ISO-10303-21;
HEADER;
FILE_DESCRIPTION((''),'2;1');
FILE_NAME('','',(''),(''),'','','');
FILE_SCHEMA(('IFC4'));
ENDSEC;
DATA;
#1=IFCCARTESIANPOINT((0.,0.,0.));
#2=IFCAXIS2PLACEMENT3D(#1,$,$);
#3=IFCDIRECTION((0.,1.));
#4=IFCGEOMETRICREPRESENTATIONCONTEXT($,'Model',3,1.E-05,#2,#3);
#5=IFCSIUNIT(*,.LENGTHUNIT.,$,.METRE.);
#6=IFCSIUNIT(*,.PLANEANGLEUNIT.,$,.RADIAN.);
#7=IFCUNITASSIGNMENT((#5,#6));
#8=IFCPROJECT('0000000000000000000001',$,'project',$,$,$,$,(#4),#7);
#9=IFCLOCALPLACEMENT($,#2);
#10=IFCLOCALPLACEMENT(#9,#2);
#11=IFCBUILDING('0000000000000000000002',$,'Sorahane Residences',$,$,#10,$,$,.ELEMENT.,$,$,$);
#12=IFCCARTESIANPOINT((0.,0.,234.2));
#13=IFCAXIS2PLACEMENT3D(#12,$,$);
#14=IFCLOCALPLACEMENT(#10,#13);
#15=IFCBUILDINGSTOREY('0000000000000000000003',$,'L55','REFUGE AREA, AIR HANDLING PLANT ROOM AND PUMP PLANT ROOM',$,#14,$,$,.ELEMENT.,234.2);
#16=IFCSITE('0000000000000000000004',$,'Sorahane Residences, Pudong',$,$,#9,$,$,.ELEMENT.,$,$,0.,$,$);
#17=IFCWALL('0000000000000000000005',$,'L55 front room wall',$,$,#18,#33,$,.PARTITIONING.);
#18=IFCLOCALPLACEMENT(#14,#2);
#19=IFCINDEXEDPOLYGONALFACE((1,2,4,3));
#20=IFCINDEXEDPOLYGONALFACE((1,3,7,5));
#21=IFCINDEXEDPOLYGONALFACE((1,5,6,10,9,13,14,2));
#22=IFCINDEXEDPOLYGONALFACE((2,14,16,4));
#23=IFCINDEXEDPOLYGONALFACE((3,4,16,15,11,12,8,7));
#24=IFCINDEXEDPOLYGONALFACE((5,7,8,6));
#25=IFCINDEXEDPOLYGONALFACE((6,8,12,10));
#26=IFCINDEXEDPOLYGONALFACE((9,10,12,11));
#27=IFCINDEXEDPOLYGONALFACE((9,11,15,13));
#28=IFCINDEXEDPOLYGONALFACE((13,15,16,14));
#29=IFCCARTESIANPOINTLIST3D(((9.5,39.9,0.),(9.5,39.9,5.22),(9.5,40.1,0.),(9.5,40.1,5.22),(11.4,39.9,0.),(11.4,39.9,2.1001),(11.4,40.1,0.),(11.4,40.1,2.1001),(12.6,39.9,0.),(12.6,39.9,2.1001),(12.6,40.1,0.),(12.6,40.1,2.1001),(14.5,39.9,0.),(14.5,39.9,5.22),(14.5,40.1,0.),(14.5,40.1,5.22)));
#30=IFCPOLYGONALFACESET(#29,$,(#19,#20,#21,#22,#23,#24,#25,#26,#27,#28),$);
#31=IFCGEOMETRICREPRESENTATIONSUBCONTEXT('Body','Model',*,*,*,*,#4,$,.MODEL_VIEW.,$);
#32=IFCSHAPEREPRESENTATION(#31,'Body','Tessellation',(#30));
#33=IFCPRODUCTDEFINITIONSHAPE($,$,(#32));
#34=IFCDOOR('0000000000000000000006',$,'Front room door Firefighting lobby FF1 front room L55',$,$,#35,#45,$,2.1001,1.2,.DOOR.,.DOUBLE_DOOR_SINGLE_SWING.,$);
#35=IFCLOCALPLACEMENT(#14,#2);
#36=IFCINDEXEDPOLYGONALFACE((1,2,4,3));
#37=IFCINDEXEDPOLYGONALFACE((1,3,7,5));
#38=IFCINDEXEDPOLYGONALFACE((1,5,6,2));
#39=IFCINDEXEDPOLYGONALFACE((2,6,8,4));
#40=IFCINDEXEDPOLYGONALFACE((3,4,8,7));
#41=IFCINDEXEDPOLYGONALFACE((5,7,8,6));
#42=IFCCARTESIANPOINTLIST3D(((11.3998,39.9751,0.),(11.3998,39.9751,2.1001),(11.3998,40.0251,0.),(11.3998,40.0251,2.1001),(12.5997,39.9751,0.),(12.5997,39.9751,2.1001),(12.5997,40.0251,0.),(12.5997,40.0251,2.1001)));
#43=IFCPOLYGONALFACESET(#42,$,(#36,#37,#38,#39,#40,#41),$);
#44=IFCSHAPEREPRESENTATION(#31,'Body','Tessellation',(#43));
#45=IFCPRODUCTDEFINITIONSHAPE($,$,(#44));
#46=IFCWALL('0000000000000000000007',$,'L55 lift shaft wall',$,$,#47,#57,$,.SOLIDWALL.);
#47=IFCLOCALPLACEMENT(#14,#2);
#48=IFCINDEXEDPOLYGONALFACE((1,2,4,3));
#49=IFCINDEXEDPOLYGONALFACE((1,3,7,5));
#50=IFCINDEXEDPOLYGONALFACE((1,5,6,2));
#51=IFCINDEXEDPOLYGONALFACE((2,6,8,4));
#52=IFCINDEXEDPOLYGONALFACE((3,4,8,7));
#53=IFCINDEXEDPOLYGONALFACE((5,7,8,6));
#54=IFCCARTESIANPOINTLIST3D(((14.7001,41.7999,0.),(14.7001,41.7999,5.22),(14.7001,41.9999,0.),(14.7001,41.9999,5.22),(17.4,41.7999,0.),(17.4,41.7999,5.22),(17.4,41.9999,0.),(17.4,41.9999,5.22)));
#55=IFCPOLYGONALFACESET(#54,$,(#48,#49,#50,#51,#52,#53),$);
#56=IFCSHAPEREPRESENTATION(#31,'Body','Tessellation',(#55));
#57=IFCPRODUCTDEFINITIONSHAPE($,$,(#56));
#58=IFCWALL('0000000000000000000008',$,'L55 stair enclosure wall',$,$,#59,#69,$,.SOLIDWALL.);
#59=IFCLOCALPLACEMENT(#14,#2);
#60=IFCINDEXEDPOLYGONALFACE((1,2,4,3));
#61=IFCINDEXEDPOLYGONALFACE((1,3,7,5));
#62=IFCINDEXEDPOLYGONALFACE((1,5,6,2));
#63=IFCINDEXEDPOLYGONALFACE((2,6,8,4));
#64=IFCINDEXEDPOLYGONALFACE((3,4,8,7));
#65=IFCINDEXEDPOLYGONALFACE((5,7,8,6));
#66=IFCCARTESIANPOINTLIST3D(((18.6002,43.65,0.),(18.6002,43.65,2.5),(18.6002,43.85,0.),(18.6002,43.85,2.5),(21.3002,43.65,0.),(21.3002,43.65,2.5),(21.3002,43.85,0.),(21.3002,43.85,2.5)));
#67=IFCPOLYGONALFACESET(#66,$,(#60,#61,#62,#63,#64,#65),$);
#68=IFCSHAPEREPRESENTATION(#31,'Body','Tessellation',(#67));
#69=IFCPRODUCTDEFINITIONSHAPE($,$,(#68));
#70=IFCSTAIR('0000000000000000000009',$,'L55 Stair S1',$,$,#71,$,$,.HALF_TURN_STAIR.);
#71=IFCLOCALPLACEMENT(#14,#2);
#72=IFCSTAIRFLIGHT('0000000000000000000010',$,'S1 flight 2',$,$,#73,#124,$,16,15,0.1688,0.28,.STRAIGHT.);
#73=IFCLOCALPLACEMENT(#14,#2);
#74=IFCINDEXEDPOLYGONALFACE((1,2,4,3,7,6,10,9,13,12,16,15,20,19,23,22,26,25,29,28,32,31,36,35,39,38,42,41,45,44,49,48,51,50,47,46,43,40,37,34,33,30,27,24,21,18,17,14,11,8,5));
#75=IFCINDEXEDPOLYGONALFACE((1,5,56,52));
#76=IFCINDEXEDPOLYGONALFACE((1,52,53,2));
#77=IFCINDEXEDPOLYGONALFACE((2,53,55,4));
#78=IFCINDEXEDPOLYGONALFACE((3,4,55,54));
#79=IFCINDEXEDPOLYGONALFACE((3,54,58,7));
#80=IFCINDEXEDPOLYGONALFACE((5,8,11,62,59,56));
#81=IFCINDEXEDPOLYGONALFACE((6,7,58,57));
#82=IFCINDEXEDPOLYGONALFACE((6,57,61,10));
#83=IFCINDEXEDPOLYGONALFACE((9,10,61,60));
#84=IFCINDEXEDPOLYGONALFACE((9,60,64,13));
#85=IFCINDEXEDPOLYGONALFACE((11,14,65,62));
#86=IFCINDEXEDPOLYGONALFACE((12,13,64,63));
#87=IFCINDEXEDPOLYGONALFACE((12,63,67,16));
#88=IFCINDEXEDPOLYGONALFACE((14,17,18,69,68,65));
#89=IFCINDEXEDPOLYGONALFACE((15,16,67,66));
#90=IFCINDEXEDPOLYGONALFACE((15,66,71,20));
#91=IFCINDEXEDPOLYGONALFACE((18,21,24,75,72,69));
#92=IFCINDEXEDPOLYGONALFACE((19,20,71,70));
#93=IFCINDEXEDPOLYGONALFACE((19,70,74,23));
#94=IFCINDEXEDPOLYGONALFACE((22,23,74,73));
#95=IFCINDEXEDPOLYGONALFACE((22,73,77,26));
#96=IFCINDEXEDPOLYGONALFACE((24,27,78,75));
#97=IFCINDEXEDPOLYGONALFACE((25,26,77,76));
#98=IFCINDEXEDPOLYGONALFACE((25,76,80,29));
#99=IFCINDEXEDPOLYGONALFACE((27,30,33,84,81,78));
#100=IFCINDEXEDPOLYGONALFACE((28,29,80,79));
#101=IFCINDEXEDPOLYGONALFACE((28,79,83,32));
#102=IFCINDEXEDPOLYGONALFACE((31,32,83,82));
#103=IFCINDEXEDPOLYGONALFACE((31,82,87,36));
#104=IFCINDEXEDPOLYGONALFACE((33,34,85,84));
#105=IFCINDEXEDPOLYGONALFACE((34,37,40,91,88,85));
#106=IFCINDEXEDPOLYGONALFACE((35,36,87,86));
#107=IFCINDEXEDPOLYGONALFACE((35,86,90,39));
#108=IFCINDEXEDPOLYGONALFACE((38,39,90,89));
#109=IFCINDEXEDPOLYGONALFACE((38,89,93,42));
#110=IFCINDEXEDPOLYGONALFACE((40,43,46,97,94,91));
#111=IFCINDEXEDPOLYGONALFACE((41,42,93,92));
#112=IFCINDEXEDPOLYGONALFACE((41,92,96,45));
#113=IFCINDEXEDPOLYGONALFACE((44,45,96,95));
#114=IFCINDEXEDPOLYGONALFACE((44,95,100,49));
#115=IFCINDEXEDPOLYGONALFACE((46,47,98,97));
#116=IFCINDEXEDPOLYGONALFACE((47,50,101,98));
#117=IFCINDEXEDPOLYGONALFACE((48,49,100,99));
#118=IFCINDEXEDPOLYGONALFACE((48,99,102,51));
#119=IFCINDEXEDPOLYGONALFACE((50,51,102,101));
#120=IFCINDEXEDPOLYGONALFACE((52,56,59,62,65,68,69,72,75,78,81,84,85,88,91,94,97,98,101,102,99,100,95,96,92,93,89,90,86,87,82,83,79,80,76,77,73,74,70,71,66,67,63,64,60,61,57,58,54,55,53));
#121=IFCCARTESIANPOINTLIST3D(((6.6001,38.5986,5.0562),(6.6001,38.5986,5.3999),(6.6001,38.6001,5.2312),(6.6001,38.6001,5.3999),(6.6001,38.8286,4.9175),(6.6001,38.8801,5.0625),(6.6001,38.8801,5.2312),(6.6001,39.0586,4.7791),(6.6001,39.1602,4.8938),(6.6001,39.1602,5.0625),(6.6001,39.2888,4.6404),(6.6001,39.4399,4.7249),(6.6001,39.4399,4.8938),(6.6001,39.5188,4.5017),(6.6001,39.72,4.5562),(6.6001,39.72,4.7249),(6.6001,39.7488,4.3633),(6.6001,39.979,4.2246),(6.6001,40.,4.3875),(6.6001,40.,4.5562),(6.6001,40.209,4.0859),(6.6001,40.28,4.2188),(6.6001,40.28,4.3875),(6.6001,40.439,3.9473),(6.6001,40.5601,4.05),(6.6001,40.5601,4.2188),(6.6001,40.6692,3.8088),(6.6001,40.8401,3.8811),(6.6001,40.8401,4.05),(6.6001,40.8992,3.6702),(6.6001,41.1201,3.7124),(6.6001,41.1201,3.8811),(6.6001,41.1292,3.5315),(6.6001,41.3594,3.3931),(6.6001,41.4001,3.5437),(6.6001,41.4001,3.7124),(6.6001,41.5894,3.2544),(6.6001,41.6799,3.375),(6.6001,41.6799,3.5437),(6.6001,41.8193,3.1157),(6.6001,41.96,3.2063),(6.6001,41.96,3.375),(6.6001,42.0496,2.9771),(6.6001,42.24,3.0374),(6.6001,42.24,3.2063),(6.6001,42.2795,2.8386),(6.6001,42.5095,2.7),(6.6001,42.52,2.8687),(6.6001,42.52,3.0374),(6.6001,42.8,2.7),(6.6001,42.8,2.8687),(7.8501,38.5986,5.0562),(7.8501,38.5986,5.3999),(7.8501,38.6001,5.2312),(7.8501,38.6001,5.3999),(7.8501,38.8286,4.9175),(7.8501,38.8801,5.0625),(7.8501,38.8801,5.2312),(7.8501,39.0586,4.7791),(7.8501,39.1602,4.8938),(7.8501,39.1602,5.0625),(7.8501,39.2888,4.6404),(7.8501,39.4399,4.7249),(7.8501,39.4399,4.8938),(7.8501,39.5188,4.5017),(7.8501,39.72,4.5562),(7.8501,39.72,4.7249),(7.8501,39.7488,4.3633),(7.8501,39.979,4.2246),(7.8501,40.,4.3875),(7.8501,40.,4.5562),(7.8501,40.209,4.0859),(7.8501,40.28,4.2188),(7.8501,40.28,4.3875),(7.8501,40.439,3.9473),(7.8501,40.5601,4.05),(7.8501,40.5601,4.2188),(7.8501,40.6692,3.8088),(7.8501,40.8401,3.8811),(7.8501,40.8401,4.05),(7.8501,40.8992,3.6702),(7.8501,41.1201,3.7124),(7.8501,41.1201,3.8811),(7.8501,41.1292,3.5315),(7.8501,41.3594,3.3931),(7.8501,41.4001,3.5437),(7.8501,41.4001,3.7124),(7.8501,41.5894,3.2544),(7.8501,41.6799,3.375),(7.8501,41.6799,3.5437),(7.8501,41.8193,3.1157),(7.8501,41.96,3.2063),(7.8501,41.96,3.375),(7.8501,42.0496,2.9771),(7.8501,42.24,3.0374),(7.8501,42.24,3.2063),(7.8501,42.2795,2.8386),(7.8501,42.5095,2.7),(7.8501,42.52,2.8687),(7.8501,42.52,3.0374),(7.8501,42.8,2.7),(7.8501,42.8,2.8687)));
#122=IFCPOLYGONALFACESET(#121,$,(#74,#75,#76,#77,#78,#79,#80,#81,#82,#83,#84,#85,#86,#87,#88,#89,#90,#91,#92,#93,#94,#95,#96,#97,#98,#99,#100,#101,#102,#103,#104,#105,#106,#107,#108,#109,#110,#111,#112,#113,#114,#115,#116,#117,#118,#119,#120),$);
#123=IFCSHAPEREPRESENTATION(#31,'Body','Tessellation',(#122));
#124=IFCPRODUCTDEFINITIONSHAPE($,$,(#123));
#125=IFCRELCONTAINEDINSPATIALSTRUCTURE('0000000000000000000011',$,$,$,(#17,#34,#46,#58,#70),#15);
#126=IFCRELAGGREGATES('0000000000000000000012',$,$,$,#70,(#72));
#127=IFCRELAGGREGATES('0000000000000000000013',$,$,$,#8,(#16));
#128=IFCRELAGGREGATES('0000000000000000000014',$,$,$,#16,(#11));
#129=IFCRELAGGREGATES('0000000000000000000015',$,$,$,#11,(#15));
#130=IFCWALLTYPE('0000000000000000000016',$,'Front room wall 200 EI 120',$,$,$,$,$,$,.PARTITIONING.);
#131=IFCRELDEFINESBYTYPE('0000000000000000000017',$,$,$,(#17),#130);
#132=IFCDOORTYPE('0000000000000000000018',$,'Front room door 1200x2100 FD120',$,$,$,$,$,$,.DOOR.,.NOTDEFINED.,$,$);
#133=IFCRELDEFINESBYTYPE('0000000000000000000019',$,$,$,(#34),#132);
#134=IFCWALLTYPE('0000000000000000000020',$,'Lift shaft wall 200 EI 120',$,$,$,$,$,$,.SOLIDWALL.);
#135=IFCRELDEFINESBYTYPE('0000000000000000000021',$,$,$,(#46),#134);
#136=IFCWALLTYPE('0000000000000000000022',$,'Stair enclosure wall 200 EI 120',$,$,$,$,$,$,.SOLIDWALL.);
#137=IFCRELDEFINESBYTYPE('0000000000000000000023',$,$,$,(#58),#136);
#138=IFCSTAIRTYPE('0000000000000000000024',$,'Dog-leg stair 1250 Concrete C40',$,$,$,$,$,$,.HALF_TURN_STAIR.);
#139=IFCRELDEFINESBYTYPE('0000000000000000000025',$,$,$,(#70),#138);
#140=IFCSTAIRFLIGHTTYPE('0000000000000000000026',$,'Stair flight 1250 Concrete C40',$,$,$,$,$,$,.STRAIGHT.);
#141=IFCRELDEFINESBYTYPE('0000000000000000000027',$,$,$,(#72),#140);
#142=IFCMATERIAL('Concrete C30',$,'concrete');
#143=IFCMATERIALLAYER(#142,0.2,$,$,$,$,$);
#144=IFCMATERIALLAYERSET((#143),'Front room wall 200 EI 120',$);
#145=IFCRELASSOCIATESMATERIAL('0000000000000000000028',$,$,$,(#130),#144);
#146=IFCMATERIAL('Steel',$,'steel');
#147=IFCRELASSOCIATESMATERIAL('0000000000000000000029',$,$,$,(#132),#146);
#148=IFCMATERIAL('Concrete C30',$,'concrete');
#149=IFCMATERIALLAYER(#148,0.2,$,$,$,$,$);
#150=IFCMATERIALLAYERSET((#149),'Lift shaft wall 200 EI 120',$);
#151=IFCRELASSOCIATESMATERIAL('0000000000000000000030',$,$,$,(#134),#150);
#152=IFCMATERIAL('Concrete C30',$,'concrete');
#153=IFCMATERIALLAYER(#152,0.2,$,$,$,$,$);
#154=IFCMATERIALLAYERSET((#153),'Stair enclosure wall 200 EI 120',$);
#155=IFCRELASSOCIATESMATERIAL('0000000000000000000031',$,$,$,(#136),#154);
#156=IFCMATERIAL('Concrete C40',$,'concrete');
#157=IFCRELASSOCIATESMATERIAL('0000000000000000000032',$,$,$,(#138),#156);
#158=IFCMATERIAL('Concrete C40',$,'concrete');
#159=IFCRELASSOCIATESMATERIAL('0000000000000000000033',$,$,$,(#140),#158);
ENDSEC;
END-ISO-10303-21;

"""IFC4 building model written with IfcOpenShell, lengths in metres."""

from ifc_helpers import new_model, si_unit, direction, frame, frame_2d, origin, place, context, subcontext, project, spatial, polyline, rectangle, outline, extrude, material, layer, layer_set, type_object, element, fill, aggregate, save


model = new_model("IFC4")

# Units and contexts
model_context = context("Model", 3, precision=1e-05, world=origin(), true_north=direction((0.0, 1.0)))
body_context = subcontext(model_context, "Body", "Model", "MODEL_VIEW")
ifc_project = project(units=[si_unit("LENGTHUNIT", "METRE"), si_unit("PLANEANGLEUNIT", "RADIAN")], contexts=[model_context])

# Site, building, storey
site_placement = place(None, origin())
site = spatial("IfcSite", under=ifc_project, at=site_placement, Name="Sorahane Residences, Pudong", CompositionType="ELEMENT", RefElevation=0.0)
building_placement = place(site_placement, origin())
building = spatial("IfcBuilding", under=site, at=building_placement, Name="Sorahane Residences", CompositionType="ELEMENT")
storey_placement = place(building_placement, frame((0.0, 0.0, 234.2)))
storey = spatial("IfcBuildingStorey", under=building, at=storey_placement, Name="L55", Description="REFUGE AREA, AIR HANDLING PLANT ROOM AND PUMP PLANT ROOM", CompositionType="ELEMENT", Elevation=234.2)

# Wall, opening, door
ifc_material_1 = material(Name="Concrete C30", Category="concrete")
ifc_layer_1 = layer(ifc_material_1, 0.2)
ifc_layer_set_1 = layer_set([ifc_layer_1], Name="Front room wall 200 EI 120")
wall_type_1 = type_object("IfcWallType", Name="Front room wall 200 EI 120", PredefinedType="PARTITIONING", material=ifc_layer_set_1)
wall_1_placement = place(storey_placement, frame((9.5, 40.0, 0.0), z_axis=(0.0, 0.0, 1.0), x_axis=(1.0, 0.0, 0.0)))
wall_1 = element("IfcWall", 1, at=wall_1_placement, inside=storey, type_object=wall_type_1, Name="L55 front room wall", PredefinedType="PARTITIONING", context=body_context, shape_type="SweptSolid", body=[
    extrude(rectangle(XDim=5.0, YDim=0.2, at=frame_2d((2.5, 0.0))), origin(), (0.0, 0.0, 1.0), 5.22),
])
opening_placement = place(wall_1_placement, frame((1.8999, 0.0, 0.0)))
opening = element("IfcOpeningElement", 2, at=opening_placement, cuts=wall_1, PredefinedType="OPENING", context=body_context, shape_type="SweptSolid", body=[
    extrude(rectangle(XDim=1.2, YDim=2.1001, at=frame_2d((0.6001, 1.05))), frame((0.0, 0.1099, 0.0), z_axis=(0.0, -1.0, 0.0), x_axis=(1.0, 0.0, 0.0)), (0.0, 0.0, 1.0), 0.22),
])
ifc_material_2 = material(Name="Steel", Category="steel")
door_type = type_object("IfcDoorType", Name="Front room door 1200x2100 FD120", OperationType="NOTDEFINED", PredefinedType="DOOR", material=ifc_material_2)
door_placement = place(opening_placement, frame((1.2, 0.0, 0.0), z_axis=(0.0, 0.0, 1.0), x_axis=(-1.0, 0.0, 0.0)))
door = element("IfcDoor", 3, at=door_placement, inside=storey, type_object=door_type, Name="Front room door Firefighting lobby FF1 front room L55", OperationType="DOUBLE_DOOR_SINGLE_SWING", OverallHeight=2.1001, OverallWidth=1.2, PredefinedType="DOOR", context=body_context, shape_type="SweptSolid", body=[
    extrude(rectangle(XDim=1.2, YDim=2.1001, at=frame_2d((0.6001, 1.05))), frame((0.0, 0.0249, 0.0), z_axis=(0.0, -1.0, 0.0), x_axis=(1.0, 0.0, 0.0)), (0.0, 0.0, 1.0), 0.05),
])
fill(opening, door)

# Walls
ifc_material_3 = material(Name="Concrete C30", Category="concrete")
ifc_layer_2 = layer(ifc_material_3, 0.2)
ifc_layer_set_2 = layer_set([ifc_layer_2], Name="Lift shaft wall 200 EI 120")
wall_type_2 = type_object("IfcWallType", Name="Lift shaft wall 200 EI 120", PredefinedType="SOLIDWALL", material=ifc_layer_set_2)
wall_2_placement = place(storey_placement, frame((14.7, 41.8999, 0.0), z_axis=(0.0, 0.0, 1.0), x_axis=(1.0, 0.0, 0.0)))
element("IfcWall", 4, at=wall_2_placement, inside=storey, type_object=wall_type_2, Name="L55 lift shaft wall", PredefinedType="SOLIDWALL", context=body_context, shape_type="SweptSolid", body=[
    extrude(rectangle(XDim=2.7, YDim=0.2, at=frame_2d((1.3501, 0.0))), origin(), (0.0, 0.0, 1.0), 5.22),
])
ifc_material_4 = material(Name="Concrete C30", Category="concrete")
ifc_layer_3 = layer(ifc_material_4, 0.2)
ifc_layer_set_3 = layer_set([ifc_layer_3], Name="Stair enclosure wall 200 EI 120")
wall_type_3 = type_object("IfcWallType", Name="Stair enclosure wall 200 EI 120", PredefinedType="SOLIDWALL", material=ifc_layer_set_3)
wall_3_placement = place(storey_placement, frame((18.6001, 43.75, 0.0), z_axis=(0.0, 0.0, 1.0), x_axis=(1.0, 0.0, 0.0)))
element("IfcWall", 5, at=wall_3_placement, inside=storey, type_object=wall_type_3, Name="L55 stair enclosure wall", PredefinedType="SOLIDWALL", context=body_context, shape_type="SweptSolid", body=[
    extrude(rectangle(XDim=2.7, YDim=0.2, at=frame_2d((1.3501, 0.0))), origin(), (0.0, 0.0, 1.0), 2.5),
])

# Stair, stair flight
ifc_material_5 = material(Name="Concrete C40", Category="concrete")
stair_type = type_object("IfcStairType", Name="Dog-leg stair 1250 Concrete C40", PredefinedType="HALF_TURN_STAIR", material=ifc_material_5)
stair_placement = place(storey_placement, origin())
stair = element("IfcStair", 6, at=stair_placement, inside=storey, type_object=stair_type, Name="L55 Stair S1", PredefinedType="HALF_TURN_STAIR")
ifc_material_6 = material(Name="Concrete C40", Category="concrete")
stair_flight_type = type_object("IfcStairFlightType", Name="Stair flight 1250 Concrete C40", PredefinedType="STRAIGHT", material=ifc_material_6)
stair_flight_placement = place(storey_placement, frame((7.2251, 42.8, 2.7), z_axis=(0.0, 0.0, 1.0), x_axis=(0.0, -1.0, 0.0)))
stair_flight = element("IfcStairFlight", 7, at=stair_flight_placement, type_object=stair_flight_type, Name="S1 flight 2", NumberOfRisers=16, NumberOfTreads=15, PredefinedType="STRAIGHT", RiserHeight=0.1688, TreadLength=0.28, context=body_context, shape_type="SweptSolid", body=[
    extrude(outline(polyline([(0.0, 0.0), (0.0, 0.1687), (0.28, 0.1687), (0.28, 0.3374), (0.5601, 0.3374), (0.5601, 0.5063), (0.8401, 0.5063), (0.8401, 0.675), (1.1201, 0.675), (1.1201, 0.8438), (1.3999, 0.8438), (1.3999, 1.0125), (1.6799, 1.0125), (1.6799, 1.1812), (1.96, 1.1812), (1.96, 1.3501), (2.24, 1.3501), (2.24, 1.5188), (2.52, 1.5188), (2.52, 1.6875), (2.8, 1.6875), (2.8, 1.8562), (3.0801, 1.8562), (3.0801, 2.0249), (3.3601, 2.0249), (3.3601, 2.1938), (3.6399, 2.1938), (3.6399, 2.3625), (3.9199, 2.3625), (3.9199, 2.5312), (4.2, 2.5312), (4.2, 2.7), (4.2014, 2.7), (4.2014, 2.3562), (3.9714, 2.2175), (3.7415, 2.0791), (3.5112, 1.9404), (3.2812, 1.8018), (3.0513, 1.6633), (2.821, 1.5247), (2.5911, 1.386), (2.3611, 1.2473), (2.1309, 1.1089), (1.9009, 0.9702), (1.6709, 0.8315), (1.4407, 0.6931), (1.2107, 0.5544), (0.9807, 0.4158), (0.7505, 0.2771), (0.5205, 0.1387), (0.2905, 0.0), (0.0, 0.0)])), frame((0.0, 0.625, 0.0), z_axis=(0.0, -1.0, 0.0), x_axis=(1.0, 0.0, 0.0)), (0.0, 0.0, 1.0), 1.25),
])
aggregate(stair, [stair_flight])

save(model, "model.ifc")
